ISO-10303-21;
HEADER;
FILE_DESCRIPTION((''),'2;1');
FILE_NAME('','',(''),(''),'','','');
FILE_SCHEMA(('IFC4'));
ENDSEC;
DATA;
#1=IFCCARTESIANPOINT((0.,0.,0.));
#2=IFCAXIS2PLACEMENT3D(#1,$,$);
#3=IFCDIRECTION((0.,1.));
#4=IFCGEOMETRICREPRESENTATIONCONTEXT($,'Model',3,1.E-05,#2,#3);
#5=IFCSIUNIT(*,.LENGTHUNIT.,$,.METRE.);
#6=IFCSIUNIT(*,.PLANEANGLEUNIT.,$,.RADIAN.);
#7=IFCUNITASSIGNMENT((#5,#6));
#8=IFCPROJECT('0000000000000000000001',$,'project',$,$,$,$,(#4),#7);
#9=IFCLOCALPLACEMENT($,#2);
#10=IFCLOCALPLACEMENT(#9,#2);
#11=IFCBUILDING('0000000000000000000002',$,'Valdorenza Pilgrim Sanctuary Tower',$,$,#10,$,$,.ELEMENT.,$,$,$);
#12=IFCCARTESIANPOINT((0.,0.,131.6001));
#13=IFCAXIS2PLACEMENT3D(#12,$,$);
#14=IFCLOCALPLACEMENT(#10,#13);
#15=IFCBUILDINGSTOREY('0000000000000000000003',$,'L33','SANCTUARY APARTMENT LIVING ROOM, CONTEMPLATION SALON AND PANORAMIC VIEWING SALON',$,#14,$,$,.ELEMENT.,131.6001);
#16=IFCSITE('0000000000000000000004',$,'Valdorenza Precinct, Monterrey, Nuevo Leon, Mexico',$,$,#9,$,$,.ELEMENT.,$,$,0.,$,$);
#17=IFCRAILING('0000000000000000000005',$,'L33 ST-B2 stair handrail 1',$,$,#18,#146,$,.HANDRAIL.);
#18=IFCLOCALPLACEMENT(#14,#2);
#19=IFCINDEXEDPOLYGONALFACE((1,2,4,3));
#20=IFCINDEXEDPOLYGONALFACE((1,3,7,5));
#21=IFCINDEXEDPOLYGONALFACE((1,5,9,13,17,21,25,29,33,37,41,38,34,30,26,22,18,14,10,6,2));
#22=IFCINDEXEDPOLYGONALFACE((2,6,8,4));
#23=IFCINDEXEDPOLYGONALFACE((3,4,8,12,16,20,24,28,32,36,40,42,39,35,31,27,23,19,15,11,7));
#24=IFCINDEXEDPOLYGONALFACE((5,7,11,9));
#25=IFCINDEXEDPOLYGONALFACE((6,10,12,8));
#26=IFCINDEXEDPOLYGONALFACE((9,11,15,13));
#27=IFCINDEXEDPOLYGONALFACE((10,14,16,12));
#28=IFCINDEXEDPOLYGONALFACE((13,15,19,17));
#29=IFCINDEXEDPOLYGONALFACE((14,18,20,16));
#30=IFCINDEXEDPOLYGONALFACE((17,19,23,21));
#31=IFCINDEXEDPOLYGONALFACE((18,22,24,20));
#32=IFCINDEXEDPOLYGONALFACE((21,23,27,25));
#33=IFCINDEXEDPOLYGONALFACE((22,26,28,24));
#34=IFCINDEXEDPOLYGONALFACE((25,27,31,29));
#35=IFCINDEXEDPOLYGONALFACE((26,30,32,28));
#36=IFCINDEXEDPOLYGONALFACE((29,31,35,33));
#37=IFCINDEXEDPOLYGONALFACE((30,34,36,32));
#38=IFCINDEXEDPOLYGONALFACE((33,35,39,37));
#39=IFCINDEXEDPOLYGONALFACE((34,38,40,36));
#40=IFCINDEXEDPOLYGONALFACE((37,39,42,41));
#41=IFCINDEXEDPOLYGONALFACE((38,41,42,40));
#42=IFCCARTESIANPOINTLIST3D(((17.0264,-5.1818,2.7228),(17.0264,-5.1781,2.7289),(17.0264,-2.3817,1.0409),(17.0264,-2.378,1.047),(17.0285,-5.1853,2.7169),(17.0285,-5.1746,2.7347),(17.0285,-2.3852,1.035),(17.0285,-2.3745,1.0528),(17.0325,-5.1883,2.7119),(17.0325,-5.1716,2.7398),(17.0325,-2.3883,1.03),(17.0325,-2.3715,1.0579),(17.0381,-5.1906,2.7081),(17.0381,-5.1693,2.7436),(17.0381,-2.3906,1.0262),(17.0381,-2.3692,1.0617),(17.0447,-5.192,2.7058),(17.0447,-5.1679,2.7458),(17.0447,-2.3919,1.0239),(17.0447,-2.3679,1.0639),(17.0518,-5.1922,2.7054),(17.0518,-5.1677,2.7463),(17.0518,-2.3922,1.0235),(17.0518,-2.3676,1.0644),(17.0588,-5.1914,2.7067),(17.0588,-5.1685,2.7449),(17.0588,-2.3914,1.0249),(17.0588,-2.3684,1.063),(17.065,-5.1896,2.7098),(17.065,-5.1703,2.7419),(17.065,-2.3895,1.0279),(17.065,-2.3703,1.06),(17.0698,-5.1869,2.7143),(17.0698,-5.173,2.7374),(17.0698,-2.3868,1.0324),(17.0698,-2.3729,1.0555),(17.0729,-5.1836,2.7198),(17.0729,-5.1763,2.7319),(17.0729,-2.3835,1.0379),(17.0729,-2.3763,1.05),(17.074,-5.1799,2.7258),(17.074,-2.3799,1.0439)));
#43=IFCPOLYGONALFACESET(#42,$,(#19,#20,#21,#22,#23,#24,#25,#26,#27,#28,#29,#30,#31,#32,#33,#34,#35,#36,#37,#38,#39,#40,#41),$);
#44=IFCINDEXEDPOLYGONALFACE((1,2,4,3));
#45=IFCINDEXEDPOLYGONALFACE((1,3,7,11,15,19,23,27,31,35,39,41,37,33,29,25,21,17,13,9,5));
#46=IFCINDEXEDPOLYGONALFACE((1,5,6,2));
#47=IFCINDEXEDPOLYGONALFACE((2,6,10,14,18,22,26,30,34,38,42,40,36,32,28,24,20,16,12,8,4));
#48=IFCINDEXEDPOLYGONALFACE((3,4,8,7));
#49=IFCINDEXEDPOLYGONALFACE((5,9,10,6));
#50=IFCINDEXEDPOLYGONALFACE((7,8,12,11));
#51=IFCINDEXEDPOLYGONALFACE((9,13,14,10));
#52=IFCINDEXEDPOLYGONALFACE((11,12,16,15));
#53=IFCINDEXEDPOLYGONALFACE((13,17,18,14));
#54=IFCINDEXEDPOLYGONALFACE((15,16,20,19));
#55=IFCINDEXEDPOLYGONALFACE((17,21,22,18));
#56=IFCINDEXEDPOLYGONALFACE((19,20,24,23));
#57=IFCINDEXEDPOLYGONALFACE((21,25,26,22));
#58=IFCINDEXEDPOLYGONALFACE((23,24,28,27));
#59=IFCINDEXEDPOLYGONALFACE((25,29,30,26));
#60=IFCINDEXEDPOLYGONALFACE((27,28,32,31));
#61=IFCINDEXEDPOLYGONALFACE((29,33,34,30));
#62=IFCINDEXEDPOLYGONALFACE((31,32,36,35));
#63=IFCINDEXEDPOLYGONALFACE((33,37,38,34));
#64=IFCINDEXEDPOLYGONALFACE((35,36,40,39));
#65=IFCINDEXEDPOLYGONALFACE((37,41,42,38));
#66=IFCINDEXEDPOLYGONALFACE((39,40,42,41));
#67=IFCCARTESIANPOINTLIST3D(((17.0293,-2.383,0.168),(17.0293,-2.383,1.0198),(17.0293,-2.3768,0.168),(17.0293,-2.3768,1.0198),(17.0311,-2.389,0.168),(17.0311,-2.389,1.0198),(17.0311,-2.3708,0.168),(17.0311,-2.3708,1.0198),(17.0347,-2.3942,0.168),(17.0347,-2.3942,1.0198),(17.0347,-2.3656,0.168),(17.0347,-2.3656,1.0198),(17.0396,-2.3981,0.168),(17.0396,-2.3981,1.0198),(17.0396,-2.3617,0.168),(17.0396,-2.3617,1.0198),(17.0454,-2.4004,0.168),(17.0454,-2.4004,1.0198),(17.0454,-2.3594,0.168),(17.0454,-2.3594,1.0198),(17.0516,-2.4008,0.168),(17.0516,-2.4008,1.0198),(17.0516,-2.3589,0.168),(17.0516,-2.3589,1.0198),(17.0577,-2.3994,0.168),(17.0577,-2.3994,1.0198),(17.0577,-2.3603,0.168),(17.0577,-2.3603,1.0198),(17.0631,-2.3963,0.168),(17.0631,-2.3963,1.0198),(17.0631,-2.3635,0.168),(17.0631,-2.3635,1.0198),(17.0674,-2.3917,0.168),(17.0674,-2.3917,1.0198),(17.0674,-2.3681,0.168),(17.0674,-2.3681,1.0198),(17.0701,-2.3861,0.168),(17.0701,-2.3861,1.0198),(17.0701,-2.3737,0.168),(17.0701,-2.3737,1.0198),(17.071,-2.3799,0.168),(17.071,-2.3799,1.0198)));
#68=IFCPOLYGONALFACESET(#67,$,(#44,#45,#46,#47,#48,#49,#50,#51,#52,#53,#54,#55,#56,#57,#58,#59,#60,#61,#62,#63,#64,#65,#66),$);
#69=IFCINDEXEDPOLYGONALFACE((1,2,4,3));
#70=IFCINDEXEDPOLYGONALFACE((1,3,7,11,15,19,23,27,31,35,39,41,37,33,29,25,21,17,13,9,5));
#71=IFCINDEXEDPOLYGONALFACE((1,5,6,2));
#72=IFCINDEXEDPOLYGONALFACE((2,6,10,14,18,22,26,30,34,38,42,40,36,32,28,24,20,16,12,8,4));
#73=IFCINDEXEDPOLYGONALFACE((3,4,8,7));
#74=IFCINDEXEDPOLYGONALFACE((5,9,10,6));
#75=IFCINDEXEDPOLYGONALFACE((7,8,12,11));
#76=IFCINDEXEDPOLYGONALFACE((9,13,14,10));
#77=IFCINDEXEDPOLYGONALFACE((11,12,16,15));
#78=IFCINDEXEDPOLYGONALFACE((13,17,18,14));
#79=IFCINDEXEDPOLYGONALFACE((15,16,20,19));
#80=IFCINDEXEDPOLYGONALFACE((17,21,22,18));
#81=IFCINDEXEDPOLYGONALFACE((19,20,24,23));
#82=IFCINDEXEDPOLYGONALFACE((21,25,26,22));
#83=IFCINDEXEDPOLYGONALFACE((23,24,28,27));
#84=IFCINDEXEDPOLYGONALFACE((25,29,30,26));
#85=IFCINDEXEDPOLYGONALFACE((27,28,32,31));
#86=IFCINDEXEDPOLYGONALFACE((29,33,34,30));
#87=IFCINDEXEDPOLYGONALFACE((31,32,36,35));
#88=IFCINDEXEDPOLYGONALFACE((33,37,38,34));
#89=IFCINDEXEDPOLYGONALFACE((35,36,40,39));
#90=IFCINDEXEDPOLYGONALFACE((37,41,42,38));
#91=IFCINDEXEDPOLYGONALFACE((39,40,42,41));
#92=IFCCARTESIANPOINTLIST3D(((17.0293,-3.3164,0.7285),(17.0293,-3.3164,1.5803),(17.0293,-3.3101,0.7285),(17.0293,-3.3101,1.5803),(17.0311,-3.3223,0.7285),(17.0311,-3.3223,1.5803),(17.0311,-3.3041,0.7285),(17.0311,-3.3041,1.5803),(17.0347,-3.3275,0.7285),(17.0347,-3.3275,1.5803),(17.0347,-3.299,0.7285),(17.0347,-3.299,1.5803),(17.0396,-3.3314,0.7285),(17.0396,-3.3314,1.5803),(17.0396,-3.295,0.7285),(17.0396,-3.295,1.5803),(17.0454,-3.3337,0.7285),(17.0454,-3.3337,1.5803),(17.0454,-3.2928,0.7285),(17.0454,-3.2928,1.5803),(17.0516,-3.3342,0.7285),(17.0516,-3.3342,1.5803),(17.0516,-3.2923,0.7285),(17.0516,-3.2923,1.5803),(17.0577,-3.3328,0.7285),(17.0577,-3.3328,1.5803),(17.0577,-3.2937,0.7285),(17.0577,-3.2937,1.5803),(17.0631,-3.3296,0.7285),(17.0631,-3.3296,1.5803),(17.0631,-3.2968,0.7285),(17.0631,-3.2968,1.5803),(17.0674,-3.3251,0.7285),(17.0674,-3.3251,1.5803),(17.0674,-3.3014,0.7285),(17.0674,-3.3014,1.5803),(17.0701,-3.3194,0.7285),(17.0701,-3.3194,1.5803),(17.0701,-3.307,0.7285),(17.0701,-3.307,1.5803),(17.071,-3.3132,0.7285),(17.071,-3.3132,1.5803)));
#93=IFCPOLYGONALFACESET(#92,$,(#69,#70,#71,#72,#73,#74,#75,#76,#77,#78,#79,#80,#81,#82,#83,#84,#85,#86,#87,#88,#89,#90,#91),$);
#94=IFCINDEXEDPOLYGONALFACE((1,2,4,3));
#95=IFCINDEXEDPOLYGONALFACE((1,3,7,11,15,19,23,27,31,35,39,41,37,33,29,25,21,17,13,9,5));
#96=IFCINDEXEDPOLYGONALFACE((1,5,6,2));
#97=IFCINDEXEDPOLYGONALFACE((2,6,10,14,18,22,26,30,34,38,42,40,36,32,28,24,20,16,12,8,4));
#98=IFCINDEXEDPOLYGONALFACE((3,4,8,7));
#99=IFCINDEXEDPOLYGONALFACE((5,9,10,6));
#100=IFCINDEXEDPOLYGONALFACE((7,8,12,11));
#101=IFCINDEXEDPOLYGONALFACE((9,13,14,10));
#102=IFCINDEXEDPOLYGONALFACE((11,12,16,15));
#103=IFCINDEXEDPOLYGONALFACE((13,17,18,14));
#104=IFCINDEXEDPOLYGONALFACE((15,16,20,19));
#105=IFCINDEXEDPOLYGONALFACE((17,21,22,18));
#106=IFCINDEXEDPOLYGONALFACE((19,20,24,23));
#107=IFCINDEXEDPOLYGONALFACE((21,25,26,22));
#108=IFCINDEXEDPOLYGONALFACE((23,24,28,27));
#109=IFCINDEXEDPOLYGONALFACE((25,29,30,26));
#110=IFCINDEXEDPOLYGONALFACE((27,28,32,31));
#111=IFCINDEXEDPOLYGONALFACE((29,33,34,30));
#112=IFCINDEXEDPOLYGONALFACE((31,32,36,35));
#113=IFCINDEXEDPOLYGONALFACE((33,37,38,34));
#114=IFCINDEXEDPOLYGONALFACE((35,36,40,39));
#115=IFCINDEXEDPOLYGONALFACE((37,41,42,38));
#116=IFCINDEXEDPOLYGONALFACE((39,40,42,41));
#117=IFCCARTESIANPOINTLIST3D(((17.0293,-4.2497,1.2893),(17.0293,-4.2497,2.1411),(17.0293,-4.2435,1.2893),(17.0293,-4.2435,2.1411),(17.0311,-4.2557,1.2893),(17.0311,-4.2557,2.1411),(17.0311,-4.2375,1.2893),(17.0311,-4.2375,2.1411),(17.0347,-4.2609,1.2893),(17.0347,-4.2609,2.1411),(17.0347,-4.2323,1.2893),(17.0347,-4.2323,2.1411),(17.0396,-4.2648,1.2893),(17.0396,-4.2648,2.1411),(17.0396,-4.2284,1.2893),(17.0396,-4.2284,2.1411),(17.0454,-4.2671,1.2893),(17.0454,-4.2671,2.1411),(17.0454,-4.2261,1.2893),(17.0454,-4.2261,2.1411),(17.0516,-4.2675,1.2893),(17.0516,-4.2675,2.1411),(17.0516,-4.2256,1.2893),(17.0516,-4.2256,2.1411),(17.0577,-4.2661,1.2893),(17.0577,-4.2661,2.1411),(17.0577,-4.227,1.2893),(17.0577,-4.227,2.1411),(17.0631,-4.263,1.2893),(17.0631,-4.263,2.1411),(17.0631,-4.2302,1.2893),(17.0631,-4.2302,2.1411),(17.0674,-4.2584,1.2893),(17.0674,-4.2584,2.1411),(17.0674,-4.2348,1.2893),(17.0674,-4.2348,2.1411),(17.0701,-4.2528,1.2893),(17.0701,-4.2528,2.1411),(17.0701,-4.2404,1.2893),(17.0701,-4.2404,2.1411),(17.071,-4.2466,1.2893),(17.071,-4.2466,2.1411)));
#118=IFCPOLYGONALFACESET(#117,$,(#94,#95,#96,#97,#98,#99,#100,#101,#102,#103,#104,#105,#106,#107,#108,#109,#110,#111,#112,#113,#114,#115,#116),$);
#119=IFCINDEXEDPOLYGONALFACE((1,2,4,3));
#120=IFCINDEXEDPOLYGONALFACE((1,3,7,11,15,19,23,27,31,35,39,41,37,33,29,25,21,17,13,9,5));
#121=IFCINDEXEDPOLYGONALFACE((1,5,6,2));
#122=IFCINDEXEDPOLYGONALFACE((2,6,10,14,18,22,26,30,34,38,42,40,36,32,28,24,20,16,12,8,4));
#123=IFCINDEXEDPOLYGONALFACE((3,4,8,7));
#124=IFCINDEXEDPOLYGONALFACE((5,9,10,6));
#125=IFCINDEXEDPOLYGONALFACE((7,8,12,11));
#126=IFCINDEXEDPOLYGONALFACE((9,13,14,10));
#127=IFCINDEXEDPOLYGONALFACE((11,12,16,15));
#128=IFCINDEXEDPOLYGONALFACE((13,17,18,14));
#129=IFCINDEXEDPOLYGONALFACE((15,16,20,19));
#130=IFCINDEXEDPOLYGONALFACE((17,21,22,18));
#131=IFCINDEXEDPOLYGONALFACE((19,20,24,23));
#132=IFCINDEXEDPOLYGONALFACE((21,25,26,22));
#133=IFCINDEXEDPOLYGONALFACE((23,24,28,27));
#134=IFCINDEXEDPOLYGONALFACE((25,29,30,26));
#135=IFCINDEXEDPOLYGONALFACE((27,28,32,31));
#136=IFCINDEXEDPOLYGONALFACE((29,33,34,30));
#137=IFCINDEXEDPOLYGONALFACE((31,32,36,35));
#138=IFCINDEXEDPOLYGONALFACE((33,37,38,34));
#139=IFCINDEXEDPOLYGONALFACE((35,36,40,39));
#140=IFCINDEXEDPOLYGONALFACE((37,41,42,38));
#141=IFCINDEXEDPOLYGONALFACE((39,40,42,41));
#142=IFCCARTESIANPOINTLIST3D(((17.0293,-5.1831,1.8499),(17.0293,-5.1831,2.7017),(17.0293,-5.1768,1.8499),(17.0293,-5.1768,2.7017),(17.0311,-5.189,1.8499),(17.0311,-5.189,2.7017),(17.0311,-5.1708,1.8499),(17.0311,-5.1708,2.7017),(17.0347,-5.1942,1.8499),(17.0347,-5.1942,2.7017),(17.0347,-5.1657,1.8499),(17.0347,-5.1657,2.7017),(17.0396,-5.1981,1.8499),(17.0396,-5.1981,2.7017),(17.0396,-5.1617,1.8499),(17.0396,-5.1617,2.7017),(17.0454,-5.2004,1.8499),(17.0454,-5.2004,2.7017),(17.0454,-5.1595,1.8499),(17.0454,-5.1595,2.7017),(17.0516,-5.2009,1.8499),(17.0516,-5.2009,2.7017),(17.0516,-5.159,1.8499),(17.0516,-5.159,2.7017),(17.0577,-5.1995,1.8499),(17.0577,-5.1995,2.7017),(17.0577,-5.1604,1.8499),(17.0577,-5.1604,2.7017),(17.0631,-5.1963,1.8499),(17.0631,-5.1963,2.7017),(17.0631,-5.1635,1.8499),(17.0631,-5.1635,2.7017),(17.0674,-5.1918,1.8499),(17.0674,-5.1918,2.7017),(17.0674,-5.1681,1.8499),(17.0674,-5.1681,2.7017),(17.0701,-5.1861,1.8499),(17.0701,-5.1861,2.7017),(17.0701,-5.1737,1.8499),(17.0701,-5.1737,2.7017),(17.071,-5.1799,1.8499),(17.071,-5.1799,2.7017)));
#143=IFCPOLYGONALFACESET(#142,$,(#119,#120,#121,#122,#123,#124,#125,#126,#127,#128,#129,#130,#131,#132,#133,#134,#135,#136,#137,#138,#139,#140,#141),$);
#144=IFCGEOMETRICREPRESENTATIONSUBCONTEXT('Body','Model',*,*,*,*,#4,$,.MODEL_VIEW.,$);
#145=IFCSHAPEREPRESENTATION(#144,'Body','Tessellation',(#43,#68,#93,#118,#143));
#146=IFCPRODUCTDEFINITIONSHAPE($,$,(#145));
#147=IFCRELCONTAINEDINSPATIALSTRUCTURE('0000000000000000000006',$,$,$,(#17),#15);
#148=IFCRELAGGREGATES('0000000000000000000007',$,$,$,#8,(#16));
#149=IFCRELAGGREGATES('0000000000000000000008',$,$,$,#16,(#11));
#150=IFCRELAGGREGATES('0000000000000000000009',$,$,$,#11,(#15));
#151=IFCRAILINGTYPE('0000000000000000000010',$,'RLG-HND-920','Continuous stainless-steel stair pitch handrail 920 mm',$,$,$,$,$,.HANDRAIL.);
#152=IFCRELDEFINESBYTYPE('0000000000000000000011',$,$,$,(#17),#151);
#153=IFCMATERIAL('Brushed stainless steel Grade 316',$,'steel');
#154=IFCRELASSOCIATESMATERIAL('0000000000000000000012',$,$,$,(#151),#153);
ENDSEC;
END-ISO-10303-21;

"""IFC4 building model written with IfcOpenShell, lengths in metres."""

from ifc_helpers import new_model, si_unit, direction, frame, origin, origin_2d, place, context, subcontext, project, spatial, circle, extrude, material, type_object, element, save


model = new_model("IFC4")

# Units and contexts
model_context = context("Model", 3, precision=1e-05, world=origin(), true_north=direction((0.0, 1.0)))
body_context = subcontext(model_context, "Body", "Model", "MODEL_VIEW")
ifc_project = project(units=[si_unit("LENGTHUNIT", "METRE"), si_unit("PLANEANGLEUNIT", "RADIAN")], contexts=[model_context])

# Site, building, storey
site_placement = place(None, origin())
site = spatial("IfcSite", under=ifc_project, at=site_placement, Name="Valdorenza Precinct, Monterrey, Nuevo Leon, Mexico", CompositionType="ELEMENT", RefElevation=0.0)
building_placement = place(site_placement, origin())
building = spatial("IfcBuilding", under=site, at=building_placement, Name="Valdorenza Pilgrim Sanctuary Tower", CompositionType="ELEMENT")
storey_placement = place(building_placement, frame((0.0, 0.0, 131.6001)))
storey = spatial("IfcBuildingStorey", under=building, at=storey_placement, Name="L33", Description="SANCTUARY APARTMENT LIVING ROOM, CONTEMPLATION SALON AND PANORAMIC VIEWING SALON", CompositionType="ELEMENT", Elevation=131.6001)

# Railing
ifc_material_1 = material(Name="Brushed stainless steel Grade 316", Category="steel")
railing_type_1 = type_object("IfcRailingType", Name="RLG-HND-920", Description="Continuous stainless-steel stair pitch handrail 920 mm", PredefinedType="HANDRAIL", material=ifc_material_1)
railing_1_placement = place(storey_placement, frame((17.05, -2.3799, 0.168)))
element("IfcRailing", 1, at=railing_1_placement, inside=storey, type_object=railing_type_1, Name="L33 ST-B2 stair handrail 1", PredefinedType="HANDRAIL", context=body_context, shape_type="SweptSolid", body=[
    extrude(circle(Radius=0.0239, at=origin_2d()), frame((0.0, 0.0, 0.876), z_axis=(0.0, -0.857242, 0.514913), x_axis=(1.0, 0.0, 0.0)), (0.0, 0.0, 1.0), 3.2664),
    extrude(circle(Radius=0.021, at=origin_2d()), origin(), (0.0, 0.0, 1.0), 0.8518),
    extrude(circle(Radius=0.021, at=origin_2d()), frame((0.0, -0.9333, 0.5605)), (0.0, 0.0, 1.0), 0.8518),
    extrude(circle(Radius=0.021, at=origin_2d()), frame((0.0, -1.8667, 1.1213)), (0.0, 0.0, 1.0), 0.8518),
    extrude(circle(Radius=0.021, at=origin_2d()), frame((0.0, -2.8, 1.6819)), (0.0, 0.0, 1.0), 0.8518),
])

save(model, "model.ifc")
